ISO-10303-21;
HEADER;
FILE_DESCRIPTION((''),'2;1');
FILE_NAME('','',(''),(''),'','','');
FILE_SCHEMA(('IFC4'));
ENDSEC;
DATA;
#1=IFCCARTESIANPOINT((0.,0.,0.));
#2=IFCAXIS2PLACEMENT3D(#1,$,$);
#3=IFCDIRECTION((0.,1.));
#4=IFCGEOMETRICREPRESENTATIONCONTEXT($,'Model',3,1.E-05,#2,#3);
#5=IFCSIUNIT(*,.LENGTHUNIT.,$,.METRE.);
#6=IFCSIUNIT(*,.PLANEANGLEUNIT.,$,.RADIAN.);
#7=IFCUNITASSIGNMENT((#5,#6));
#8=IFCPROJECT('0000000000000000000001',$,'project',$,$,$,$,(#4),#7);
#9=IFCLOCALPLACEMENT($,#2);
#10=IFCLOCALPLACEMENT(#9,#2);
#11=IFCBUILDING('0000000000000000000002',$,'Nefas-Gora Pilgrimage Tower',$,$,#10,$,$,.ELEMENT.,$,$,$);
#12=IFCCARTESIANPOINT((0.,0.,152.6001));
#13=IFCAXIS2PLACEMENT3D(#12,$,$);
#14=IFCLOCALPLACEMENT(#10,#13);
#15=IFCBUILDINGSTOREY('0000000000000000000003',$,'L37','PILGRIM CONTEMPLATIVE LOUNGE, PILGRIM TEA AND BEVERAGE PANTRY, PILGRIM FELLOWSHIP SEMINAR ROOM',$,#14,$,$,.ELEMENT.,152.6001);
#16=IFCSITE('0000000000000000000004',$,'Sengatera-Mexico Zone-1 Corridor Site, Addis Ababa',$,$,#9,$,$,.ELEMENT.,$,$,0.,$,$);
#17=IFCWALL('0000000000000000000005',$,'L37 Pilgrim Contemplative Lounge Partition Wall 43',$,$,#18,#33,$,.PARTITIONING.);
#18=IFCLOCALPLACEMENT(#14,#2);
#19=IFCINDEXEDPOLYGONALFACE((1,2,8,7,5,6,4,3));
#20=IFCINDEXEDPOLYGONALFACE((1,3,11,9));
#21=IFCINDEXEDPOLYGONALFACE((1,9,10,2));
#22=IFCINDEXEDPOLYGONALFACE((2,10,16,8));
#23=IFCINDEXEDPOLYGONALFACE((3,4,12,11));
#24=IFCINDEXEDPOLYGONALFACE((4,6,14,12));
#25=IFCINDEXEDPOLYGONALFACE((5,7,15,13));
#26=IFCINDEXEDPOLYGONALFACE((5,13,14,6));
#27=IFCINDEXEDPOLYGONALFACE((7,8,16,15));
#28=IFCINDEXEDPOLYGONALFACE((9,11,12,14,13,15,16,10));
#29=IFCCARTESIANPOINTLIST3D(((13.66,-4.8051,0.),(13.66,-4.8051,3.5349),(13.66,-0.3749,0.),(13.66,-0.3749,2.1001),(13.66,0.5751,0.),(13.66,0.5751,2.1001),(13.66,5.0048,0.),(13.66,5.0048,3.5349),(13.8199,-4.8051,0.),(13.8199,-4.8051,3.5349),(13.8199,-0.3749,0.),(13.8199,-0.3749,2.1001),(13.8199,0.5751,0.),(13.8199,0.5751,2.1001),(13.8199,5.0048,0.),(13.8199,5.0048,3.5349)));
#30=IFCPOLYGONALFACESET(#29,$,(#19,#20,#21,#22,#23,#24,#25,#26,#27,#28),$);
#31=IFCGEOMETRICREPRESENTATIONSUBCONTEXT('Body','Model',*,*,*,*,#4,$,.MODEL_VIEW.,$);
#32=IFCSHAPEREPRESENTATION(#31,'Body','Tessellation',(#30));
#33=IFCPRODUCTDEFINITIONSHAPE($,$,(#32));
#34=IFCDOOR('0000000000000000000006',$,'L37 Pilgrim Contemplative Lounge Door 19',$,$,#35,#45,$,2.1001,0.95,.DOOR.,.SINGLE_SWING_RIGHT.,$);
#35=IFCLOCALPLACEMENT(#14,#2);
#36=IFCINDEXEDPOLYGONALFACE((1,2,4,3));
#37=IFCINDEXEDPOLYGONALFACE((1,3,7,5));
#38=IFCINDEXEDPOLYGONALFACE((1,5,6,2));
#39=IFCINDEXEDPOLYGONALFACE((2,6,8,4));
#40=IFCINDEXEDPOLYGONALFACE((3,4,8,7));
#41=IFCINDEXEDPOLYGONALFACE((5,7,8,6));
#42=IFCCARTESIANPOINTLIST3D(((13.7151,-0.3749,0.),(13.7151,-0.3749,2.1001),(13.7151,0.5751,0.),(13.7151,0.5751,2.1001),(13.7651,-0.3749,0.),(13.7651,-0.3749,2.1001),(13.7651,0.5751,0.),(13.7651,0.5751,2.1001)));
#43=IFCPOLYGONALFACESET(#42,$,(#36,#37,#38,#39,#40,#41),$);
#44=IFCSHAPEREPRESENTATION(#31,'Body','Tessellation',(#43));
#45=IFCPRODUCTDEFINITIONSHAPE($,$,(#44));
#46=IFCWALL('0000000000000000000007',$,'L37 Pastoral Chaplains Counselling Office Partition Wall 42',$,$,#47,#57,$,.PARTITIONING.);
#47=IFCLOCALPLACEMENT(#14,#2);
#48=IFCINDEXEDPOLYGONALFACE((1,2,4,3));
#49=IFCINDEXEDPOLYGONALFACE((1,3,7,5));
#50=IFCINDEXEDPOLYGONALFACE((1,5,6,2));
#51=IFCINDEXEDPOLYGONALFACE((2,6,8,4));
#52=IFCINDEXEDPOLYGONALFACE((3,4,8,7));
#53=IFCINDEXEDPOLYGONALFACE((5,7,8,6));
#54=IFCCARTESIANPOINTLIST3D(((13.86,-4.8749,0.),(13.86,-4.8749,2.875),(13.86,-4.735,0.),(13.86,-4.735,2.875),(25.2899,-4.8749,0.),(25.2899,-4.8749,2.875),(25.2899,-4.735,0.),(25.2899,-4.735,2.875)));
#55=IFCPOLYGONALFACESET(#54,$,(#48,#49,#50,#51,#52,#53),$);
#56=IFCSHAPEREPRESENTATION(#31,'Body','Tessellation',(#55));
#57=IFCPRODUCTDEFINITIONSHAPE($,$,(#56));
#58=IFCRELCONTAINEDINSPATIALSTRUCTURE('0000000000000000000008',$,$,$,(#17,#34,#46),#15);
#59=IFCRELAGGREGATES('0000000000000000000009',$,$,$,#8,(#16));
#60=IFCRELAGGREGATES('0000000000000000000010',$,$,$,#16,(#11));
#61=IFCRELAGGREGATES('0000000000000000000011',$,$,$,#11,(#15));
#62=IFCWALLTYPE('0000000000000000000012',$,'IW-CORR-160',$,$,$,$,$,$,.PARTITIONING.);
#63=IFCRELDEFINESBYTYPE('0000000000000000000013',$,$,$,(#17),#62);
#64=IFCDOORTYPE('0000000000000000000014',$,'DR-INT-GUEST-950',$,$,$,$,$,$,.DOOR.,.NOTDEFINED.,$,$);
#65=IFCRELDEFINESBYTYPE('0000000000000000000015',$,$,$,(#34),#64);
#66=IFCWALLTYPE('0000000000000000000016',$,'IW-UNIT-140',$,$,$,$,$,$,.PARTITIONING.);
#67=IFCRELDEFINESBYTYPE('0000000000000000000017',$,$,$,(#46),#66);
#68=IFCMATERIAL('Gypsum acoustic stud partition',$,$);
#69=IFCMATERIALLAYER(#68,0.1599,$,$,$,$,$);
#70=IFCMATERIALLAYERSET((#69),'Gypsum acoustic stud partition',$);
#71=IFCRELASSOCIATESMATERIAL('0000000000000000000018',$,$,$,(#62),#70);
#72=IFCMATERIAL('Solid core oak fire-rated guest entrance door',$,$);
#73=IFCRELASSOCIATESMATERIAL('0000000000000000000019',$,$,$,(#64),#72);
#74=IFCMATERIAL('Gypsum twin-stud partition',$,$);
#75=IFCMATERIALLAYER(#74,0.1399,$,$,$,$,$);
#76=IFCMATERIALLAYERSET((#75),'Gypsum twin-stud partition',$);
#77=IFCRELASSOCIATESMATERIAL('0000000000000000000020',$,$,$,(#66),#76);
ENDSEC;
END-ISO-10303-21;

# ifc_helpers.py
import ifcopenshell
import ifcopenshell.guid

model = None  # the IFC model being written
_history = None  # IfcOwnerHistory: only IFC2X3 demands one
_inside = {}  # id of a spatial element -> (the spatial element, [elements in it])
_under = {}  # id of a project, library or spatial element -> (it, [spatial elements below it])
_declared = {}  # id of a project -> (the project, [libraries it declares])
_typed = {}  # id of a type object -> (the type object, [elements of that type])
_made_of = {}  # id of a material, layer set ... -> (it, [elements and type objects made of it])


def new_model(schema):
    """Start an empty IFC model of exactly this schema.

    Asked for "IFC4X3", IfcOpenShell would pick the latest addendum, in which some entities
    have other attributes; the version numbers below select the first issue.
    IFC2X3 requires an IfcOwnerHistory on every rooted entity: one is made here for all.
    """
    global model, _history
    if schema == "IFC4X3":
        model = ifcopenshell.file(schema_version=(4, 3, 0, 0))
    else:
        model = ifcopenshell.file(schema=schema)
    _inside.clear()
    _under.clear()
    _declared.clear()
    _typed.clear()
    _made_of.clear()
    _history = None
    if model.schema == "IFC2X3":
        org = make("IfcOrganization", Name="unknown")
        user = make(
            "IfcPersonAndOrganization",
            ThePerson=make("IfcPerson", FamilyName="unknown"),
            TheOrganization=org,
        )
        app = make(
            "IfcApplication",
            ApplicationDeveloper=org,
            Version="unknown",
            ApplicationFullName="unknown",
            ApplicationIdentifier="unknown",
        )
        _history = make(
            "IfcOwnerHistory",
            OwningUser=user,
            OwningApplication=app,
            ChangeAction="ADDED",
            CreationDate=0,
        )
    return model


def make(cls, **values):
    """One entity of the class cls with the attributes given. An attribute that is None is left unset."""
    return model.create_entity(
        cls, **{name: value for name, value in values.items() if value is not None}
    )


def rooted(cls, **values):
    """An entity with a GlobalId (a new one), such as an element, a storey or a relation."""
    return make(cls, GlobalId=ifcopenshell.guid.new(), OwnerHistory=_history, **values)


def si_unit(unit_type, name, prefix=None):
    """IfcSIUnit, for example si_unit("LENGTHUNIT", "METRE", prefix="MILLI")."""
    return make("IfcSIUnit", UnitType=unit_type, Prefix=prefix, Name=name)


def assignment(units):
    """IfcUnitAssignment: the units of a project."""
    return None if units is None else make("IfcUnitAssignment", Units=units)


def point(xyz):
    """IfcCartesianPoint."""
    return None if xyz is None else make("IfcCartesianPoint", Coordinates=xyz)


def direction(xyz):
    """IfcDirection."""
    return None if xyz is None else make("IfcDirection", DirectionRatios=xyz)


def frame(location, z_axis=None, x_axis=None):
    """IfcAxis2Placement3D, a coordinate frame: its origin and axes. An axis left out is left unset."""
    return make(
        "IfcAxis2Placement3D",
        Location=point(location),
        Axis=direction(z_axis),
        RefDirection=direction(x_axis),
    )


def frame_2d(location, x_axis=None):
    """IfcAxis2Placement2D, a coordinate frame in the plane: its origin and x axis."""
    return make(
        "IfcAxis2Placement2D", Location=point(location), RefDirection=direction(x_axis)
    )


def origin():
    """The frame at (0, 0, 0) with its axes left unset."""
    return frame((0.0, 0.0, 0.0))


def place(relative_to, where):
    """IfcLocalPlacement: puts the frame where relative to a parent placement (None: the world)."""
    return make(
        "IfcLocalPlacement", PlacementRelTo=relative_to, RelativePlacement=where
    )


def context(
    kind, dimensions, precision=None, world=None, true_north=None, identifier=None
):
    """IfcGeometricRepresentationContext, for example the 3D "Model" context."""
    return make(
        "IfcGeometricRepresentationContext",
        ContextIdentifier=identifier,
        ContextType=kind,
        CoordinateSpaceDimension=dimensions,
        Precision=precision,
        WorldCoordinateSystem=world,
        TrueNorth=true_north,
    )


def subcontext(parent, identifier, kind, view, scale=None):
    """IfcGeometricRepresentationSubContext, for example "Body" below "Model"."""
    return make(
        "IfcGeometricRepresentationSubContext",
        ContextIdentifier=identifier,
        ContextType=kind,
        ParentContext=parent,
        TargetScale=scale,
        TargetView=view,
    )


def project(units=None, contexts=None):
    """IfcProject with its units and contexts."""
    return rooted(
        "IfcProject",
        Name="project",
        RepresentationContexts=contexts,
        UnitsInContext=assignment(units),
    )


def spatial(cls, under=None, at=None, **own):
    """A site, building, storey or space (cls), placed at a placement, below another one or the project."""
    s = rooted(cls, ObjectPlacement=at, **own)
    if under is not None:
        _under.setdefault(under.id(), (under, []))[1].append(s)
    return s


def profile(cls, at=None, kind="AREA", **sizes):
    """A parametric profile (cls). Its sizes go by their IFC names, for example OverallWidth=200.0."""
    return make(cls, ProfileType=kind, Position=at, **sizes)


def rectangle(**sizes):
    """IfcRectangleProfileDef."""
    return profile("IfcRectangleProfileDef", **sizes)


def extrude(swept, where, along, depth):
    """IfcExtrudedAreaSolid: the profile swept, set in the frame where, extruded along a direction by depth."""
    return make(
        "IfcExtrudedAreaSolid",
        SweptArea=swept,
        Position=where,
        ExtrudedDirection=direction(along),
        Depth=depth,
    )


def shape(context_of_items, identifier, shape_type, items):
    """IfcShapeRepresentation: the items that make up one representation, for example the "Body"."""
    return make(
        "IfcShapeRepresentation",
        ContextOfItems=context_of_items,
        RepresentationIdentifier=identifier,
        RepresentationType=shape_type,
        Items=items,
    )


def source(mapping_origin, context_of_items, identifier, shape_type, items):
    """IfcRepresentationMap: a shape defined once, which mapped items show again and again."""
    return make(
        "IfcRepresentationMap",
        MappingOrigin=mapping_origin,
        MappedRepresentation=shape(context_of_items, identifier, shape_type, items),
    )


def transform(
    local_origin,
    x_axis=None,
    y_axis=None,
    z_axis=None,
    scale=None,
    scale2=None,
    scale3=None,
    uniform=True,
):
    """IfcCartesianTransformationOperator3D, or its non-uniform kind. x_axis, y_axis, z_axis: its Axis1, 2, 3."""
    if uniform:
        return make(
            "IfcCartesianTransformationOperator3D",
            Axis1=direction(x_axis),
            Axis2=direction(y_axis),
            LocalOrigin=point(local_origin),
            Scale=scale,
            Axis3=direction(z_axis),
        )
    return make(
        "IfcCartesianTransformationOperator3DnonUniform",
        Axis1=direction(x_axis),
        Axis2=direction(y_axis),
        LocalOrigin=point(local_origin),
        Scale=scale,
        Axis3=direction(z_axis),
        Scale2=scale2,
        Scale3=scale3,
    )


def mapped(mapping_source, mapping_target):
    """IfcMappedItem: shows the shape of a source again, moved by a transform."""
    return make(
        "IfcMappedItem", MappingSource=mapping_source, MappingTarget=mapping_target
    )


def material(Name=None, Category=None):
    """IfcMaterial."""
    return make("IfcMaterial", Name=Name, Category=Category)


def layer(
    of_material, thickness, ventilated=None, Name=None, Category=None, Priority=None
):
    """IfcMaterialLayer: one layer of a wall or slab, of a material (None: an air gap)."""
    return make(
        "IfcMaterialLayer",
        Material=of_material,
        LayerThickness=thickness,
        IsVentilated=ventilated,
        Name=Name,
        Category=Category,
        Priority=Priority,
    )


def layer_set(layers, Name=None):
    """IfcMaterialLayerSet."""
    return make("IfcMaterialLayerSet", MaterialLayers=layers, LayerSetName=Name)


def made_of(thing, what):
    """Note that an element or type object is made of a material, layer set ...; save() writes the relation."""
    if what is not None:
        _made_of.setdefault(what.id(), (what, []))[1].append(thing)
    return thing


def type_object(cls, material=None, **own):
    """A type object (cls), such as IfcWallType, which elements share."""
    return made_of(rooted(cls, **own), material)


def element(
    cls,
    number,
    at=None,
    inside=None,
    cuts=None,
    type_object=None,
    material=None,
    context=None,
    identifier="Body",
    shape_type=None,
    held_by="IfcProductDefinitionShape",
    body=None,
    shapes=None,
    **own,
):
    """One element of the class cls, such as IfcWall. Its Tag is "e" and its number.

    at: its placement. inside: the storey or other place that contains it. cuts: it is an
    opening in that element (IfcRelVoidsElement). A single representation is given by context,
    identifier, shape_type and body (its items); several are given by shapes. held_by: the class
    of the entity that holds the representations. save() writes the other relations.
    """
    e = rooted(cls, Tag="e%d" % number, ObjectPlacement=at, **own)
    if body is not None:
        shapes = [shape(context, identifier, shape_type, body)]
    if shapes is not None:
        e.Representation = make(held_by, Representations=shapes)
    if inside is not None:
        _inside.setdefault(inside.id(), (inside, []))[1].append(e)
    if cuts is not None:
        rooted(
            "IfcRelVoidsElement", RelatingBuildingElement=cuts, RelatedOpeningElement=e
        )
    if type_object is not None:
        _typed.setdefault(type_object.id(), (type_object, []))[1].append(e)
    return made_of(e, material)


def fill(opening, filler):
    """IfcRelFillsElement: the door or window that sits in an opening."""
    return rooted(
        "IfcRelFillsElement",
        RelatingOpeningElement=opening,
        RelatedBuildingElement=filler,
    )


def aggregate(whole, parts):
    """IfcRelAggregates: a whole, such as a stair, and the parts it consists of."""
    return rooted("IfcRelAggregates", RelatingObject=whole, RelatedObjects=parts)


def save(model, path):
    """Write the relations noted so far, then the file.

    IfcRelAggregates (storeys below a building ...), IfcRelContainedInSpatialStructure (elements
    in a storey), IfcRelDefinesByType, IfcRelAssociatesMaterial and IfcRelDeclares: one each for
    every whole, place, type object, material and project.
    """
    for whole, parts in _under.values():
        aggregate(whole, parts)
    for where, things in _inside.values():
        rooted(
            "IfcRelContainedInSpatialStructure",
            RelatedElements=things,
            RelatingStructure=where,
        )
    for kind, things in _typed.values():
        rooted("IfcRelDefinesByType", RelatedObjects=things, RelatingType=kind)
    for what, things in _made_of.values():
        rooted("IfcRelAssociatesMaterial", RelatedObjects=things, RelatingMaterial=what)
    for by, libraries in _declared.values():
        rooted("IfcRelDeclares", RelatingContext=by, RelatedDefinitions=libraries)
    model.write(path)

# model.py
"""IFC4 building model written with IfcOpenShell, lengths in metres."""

from ifc_helpers import new_model, si_unit, direction, frame, frame_2d, origin, place, context, subcontext, project, spatial, rectangle, extrude, source, transform, mapped, material, layer, layer_set, type_object, element, fill, save


model = new_model("IFC4")

# Units and contexts
model_context = context("Model", 3, precision=1e-05, world=origin(), true_north=direction((0.0, 1.0)))
body_context = subcontext(model_context, "Body", "Model", "MODEL_VIEW")
ifc_project = project(units=[si_unit("LENGTHUNIT", "METRE"), si_unit("PLANEANGLEUNIT", "RADIAN")], contexts=[model_context])

# Site, building, storey
site_placement = place(None, origin())
site = spatial("IfcSite", under=ifc_project, at=site_placement, Name="Sengatera-Mexico Zone-1 Corridor Site, Addis Ababa", CompositionType="ELEMENT", RefElevation=0.0)
building_placement = place(site_placement, origin())
building = spatial("IfcBuilding", under=site, at=building_placement, Name="Nefas-Gora Pilgrimage Tower", CompositionType="ELEMENT")
storey_placement = place(building_placement, frame((0.0, 0.0, 152.6001)))
storey = spatial("IfcBuildingStorey", under=building, at=storey_placement, Name="L37", Description="PILGRIM CONTEMPLATIVE LOUNGE, PILGRIM TEA AND BEVERAGE PANTRY, PILGRIM FELLOWSHIP SEMINAR ROOM", CompositionType="ELEMENT", Elevation=152.6001)

# Shared definitions
ifc_material_1 = material(Name="Gypsum acoustic stud partition")
ifc_layer_1 = layer(ifc_material_1, 0.1599)
ifc_layer_set_1 = layer_set([ifc_layer_1], Name="Gypsum acoustic stud partition")
wall_type_1 = type_object("IfcWallType", Name="IW-CORR-160", PredefinedType="PARTITIONING", material=ifc_layer_set_1)
ifc_material_2 = material(Name="Solid core oak fire-rated guest entrance door")
door_type_1 = type_object("IfcDoorType", Name="DR-INT-GUEST-950", OperationType="NOTDEFINED", PredefinedType="DOOR", material=ifc_material_2)
shared_shape_1 = source(origin(), body_context, "Body", "SweptSolid", [
    extrude(rectangle(XDim=0.95, YDim=2.1001, at=frame_2d((0.4751, 1.05))), frame((0.0, 0.0249, 0.0), z_axis=(0.0, -1.0, 0.0), x_axis=(1.0, 0.0, 0.0)), (0.0, 0.0, 1.0), 0.05),
])

# Shared definitions
ifc_material_3 = material(Name="Gypsum twin-stud partition")
ifc_layer_2 = layer(ifc_material_3, 0.1399)
ifc_layer_set_2 = layer_set([ifc_layer_2], Name="Gypsum twin-stud partition")
wall_type_2 = type_object("IfcWallType", Name="IW-UNIT-140", PredefinedType="PARTITIONING", material=ifc_layer_set_2)

# Wall, opening, door
shared_shape_2 = source(origin(), body_context, "Body", "SweptSolid", [
    extrude(rectangle(XDim=9.8098, YDim=0.1599, at=frame_2d((4.9048, 0.0))), origin(), (0.0, 0.0, 1.0), 3.5349),
])
wall_1_placement = place(storey_placement, frame((13.74, -4.8049, 0.0), z_axis=(0.0, 0.0, 1.0), x_axis=(0.0, 1.0, 0.0)))
wall_1 = element("IfcWall", 1, at=wall_1_placement, inside=storey, type_object=wall_type_1, Name="L37 Pilgrim Contemplative Lounge Partition Wall 43", PredefinedType="PARTITIONING", context=body_context, shape_type="MappedRepresentation", body=[
    mapped(shared_shape_2, transform((0.0, 0.0, 0.0), x_axis=(1.0, 0.0, 0.0), y_axis=(0.0, 1.0, 0.0), z_axis=(0.0, 0.0, 1.0), scale=1.0)),
])
opening_1_placement = place(wall_1_placement, frame((4.4299, 0.0, 0.0)))
opening_1 = element("IfcOpeningElement", 2, at=opening_1_placement, cuts=wall_1, PredefinedType="OPENING", context=body_context, shape_type="SweptSolid", body=[
    extrude(rectangle(XDim=0.95, YDim=2.1001, at=frame_2d((0.4751, 1.05))), frame((0.0, 0.0898, 0.0), z_axis=(0.0, -1.0, 0.0), x_axis=(1.0, 0.0, 0.0)), (0.0, 0.0, 1.0), 0.1799),
])
door_1_placement = place(opening_1_placement, origin())
door_1 = element("IfcDoor", 3, at=door_1_placement, inside=storey, type_object=door_type_1, Name="L37 Pilgrim Contemplative Lounge Door 19", OperationType="SINGLE_SWING_RIGHT", OverallHeight=2.1001, OverallWidth=0.95, PredefinedType="DOOR", context=body_context, shape_type="MappedRepresentation", body=[
    mapped(shared_shape_1, transform((0.0, 0.0, 0.0), x_axis=(1.0, 0.0, 0.0), y_axis=(0.0, 1.0, 0.0), z_axis=(0.0, 0.0, 1.0), scale=1.0)),
])
fill(opening_1, door_1)

# Wall
shared_shape_3 = source(origin(), body_context, "Body", "SweptSolid", [
    extrude(rectangle(XDim=11.4299, YDim=0.1399, at=frame_2d((5.7148, 0.0))), origin(), (0.0, 0.0, 1.0), 2.875),
])
wall_2_placement = place(storey_placement, frame((13.8601, -4.8049, 0.0), z_axis=(0.0, 0.0, 1.0), x_axis=(1.0, 0.0, 0.0)))
element("IfcWall", 4, at=wall_2_placement, inside=storey, type_object=wall_type_2, Name="L37 Pastoral Chaplains Counselling Office Partition Wall 42", PredefinedType="PARTITIONING", context=body_context, shape_type="MappedRepresentation", body=[
    mapped(shared_shape_3, transform((0.0, 0.0, 0.0), x_axis=(1.0, 0.0, 0.0), y_axis=(0.0, 1.0, 0.0), z_axis=(0.0, 0.0, 1.0), scale=1.0)),
])

save(model, "model.ifc")
